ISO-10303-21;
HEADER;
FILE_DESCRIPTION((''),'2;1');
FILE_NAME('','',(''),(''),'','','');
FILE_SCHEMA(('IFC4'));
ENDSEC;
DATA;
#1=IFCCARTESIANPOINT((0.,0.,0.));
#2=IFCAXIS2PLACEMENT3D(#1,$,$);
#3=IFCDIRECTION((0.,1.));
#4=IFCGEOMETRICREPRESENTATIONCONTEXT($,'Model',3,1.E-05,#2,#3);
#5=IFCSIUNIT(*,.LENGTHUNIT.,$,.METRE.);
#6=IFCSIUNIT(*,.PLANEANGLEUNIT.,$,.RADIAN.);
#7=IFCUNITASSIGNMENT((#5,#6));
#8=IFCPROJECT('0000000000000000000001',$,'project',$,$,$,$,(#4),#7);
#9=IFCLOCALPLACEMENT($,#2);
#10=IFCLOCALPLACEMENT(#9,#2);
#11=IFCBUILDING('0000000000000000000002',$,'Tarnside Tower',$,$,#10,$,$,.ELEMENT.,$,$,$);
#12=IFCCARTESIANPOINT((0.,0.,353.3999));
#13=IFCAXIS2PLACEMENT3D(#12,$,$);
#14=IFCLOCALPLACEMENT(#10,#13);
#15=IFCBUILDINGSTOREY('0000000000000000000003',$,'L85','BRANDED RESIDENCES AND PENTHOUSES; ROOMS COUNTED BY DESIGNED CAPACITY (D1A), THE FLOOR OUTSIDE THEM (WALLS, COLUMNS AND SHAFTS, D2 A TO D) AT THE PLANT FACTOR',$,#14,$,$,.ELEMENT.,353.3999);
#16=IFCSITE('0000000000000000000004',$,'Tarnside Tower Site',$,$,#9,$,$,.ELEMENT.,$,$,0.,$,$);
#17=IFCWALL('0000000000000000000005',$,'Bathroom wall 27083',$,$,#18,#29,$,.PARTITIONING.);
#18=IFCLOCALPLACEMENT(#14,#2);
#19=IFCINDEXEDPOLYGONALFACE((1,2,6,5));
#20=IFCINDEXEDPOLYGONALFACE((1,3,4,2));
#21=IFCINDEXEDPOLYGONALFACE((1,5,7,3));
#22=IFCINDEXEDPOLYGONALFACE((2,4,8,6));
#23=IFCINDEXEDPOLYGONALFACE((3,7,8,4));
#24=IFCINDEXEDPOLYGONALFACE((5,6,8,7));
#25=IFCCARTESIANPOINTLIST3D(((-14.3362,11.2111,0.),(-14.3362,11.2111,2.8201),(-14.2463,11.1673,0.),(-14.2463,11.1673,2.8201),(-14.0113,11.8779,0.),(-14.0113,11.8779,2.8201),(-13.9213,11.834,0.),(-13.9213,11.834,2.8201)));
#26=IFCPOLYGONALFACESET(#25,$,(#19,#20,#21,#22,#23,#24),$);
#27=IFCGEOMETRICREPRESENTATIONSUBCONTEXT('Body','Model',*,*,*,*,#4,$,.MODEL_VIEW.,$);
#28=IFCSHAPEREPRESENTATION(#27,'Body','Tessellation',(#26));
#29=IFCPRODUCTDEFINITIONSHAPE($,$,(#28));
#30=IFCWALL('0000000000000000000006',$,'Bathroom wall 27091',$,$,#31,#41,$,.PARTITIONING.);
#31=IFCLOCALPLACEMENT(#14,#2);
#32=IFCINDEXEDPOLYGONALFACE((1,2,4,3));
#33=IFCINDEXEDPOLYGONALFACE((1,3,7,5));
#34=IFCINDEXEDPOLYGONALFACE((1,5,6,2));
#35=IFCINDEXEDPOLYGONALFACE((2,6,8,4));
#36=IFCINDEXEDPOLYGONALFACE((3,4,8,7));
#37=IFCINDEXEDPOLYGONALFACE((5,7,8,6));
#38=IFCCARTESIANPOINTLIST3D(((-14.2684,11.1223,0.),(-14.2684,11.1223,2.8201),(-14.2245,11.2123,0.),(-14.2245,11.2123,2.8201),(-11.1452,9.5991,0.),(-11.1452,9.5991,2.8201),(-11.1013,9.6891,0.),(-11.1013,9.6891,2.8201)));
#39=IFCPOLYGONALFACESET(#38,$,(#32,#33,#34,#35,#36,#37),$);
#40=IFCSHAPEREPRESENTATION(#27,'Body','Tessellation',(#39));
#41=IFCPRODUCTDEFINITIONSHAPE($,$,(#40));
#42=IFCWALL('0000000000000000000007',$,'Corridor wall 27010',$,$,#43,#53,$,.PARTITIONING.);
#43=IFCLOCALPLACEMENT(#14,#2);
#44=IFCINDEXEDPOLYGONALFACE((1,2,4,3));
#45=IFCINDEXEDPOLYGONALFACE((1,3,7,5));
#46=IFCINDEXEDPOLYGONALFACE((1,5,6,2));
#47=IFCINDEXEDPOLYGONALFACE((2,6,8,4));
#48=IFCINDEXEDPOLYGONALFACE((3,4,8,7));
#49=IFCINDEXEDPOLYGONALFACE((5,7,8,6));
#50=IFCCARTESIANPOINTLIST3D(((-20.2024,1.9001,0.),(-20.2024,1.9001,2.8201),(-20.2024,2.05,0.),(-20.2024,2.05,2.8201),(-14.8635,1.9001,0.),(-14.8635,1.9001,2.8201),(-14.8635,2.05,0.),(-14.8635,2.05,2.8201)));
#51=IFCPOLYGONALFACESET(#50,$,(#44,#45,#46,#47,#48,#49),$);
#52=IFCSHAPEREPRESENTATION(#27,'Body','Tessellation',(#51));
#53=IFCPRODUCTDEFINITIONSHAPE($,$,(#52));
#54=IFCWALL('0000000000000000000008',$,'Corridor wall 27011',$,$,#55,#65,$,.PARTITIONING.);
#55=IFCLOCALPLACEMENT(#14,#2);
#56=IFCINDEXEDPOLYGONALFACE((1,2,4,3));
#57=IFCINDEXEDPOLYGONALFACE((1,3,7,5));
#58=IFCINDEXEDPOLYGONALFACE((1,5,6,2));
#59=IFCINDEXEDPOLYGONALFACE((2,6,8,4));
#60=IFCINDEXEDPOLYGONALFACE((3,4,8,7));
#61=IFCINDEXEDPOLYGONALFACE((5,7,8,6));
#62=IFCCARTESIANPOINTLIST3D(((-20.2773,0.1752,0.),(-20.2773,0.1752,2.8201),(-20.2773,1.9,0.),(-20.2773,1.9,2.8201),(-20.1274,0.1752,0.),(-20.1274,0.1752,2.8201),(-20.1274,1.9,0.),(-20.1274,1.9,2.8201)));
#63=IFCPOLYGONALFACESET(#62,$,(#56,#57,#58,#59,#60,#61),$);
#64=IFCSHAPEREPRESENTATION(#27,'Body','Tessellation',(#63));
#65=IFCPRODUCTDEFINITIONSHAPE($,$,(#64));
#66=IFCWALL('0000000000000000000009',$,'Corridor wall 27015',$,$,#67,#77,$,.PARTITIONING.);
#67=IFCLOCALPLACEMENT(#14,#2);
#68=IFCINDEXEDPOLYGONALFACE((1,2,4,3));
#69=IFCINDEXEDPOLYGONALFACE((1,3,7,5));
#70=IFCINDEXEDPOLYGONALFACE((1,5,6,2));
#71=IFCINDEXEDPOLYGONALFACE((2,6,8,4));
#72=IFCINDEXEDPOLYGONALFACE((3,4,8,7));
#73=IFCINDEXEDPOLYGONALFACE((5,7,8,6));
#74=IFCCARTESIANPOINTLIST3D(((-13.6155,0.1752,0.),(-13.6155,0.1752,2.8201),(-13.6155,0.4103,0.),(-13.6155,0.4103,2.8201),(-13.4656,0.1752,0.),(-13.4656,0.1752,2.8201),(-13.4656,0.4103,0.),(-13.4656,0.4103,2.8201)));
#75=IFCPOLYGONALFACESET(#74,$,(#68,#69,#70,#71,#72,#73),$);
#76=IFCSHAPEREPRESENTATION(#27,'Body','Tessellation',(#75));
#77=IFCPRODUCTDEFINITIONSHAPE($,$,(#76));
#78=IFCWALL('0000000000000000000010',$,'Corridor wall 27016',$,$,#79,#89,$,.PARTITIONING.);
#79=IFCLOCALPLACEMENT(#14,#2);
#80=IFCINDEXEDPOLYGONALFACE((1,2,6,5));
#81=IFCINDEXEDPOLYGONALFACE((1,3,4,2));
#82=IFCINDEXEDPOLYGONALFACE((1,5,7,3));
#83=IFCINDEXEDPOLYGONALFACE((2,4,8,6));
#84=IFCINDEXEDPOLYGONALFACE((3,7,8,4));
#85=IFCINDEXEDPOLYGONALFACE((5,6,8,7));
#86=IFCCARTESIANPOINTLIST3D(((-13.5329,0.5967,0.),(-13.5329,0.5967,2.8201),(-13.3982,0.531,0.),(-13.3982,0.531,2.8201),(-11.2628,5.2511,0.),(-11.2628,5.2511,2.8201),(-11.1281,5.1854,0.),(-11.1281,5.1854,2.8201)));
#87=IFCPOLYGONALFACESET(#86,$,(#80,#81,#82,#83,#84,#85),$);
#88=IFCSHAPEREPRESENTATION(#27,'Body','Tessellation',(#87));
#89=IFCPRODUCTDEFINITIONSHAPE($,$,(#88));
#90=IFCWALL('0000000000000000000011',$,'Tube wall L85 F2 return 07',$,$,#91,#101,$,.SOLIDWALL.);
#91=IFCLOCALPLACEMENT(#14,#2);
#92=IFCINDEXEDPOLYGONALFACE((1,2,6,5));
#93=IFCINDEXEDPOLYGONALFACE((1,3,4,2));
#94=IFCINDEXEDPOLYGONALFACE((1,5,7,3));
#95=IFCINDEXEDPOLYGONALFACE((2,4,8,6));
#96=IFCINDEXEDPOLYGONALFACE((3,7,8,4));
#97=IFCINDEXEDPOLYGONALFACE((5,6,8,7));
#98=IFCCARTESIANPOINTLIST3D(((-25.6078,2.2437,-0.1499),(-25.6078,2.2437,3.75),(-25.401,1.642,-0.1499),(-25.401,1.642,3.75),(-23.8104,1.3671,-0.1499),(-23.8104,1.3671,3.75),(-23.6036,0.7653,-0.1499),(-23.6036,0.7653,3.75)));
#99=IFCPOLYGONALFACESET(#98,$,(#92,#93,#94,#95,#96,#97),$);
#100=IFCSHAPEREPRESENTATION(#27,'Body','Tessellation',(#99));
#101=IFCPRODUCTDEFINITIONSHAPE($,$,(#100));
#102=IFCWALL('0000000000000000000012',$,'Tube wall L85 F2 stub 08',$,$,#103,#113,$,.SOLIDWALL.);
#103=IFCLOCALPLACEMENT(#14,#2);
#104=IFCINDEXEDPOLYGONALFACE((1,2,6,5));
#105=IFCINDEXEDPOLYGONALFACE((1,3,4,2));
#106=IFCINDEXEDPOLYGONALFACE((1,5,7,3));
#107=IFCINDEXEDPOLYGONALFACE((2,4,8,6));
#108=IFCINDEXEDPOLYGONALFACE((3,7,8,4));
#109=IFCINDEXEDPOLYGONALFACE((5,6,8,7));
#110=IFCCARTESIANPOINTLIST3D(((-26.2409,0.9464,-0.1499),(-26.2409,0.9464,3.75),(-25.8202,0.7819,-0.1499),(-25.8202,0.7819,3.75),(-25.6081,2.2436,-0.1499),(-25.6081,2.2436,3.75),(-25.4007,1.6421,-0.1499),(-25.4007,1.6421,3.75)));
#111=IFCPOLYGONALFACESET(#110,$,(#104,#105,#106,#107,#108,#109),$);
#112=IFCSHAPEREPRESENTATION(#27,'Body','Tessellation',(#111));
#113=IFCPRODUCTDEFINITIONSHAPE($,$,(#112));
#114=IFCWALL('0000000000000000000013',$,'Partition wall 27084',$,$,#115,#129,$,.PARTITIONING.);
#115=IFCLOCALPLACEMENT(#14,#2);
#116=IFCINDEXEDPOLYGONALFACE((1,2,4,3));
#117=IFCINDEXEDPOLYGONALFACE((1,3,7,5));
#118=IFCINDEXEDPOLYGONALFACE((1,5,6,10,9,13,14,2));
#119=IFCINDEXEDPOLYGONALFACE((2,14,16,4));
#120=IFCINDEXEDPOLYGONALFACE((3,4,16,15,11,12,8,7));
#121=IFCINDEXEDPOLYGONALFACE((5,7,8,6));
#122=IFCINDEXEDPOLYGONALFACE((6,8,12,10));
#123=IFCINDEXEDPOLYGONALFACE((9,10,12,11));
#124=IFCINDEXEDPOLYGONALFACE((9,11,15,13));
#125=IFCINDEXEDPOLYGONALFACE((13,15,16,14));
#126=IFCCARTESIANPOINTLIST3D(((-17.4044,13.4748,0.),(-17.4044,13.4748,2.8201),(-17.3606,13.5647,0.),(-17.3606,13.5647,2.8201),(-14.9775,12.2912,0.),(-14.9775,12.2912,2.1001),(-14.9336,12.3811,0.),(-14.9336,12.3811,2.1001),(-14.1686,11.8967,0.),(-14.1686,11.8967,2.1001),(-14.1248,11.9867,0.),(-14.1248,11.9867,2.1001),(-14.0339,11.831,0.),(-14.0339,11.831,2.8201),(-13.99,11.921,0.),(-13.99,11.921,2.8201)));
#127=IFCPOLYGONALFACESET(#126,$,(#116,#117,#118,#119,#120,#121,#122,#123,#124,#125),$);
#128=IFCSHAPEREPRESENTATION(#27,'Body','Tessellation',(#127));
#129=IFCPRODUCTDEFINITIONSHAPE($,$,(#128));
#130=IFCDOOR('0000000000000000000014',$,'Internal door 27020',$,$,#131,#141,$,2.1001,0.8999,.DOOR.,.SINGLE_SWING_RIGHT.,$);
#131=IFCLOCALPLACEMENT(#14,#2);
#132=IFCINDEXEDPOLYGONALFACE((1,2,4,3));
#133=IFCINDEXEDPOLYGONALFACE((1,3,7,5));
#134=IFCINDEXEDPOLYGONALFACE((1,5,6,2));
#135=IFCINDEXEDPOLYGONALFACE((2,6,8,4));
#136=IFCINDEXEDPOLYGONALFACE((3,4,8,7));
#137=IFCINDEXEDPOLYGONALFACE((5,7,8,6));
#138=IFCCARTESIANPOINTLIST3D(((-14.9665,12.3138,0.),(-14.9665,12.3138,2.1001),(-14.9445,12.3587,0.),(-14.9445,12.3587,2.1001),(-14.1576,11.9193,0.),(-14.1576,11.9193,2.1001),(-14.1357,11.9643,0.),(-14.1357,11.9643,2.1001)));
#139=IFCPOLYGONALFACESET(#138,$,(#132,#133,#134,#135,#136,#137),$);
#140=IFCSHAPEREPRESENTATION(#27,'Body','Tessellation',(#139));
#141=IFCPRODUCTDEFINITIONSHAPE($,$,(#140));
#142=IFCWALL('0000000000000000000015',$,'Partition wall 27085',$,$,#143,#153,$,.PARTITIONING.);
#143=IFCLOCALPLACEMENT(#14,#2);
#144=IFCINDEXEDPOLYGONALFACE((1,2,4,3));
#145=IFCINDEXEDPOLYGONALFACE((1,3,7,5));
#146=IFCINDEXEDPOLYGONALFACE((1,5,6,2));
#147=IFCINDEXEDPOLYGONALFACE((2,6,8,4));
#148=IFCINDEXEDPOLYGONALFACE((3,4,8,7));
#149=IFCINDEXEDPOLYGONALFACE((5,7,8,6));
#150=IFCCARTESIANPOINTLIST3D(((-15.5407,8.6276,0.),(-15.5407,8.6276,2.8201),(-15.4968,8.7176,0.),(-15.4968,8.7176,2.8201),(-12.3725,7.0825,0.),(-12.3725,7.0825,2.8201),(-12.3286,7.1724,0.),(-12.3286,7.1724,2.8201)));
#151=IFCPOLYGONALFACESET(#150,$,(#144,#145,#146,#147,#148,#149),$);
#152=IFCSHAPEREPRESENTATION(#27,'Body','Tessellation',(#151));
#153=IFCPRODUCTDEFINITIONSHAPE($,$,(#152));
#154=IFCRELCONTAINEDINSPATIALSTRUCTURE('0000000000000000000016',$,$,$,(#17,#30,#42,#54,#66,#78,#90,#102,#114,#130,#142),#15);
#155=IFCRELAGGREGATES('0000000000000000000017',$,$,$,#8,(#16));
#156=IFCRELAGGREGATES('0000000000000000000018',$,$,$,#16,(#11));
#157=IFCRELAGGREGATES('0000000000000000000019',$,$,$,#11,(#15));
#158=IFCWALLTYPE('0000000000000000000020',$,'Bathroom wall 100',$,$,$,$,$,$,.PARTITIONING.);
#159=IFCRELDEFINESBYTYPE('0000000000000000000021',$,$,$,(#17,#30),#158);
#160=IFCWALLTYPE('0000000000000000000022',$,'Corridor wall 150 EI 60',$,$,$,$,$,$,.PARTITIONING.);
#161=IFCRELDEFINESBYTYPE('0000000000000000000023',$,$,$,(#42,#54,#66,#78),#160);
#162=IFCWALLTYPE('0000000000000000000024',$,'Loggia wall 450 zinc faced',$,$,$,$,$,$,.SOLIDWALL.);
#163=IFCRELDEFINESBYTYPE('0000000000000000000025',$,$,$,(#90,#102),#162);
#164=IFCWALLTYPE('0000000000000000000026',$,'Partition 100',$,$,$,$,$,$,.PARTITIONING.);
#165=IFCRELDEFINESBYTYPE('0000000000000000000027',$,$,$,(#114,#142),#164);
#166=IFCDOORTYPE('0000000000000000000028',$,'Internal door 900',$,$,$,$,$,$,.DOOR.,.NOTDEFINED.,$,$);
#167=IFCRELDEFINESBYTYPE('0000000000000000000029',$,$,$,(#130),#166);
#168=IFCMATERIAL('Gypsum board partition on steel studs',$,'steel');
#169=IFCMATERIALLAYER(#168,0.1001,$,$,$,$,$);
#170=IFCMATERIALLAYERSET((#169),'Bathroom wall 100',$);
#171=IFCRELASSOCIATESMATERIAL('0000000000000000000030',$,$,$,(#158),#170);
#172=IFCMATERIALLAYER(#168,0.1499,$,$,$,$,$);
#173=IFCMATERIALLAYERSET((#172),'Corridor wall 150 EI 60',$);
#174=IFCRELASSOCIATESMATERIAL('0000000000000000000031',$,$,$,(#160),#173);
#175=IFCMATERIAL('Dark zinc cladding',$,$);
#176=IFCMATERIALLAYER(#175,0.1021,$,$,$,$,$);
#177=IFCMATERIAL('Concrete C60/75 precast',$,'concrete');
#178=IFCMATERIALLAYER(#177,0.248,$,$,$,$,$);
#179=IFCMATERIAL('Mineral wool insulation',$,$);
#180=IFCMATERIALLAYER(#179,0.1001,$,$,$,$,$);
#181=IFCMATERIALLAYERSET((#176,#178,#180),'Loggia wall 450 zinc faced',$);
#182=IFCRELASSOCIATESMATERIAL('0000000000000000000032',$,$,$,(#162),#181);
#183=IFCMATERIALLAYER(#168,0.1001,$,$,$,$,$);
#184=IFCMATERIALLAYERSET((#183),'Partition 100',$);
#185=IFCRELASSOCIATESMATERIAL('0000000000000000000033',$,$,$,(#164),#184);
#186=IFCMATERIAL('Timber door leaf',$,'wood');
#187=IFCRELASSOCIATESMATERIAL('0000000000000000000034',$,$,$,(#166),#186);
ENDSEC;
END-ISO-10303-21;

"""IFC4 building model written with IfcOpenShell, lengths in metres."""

from ifc_helpers import new_model, si_unit, direction, frame, frame_2d, origin, place, context, subcontext, project, spatial, polyline, rectangle, outline, extrude, material, layer, layer_set, type_object, element, fill, save


model = new_model("IFC4")

# Units and contexts
model_context = context("Model", 3, precision=1e-05, world=origin(), true_north=direction((0.0, 1.0)))
body_context = subcontext(model_context, "Body", "Model", "MODEL_VIEW")
ifc_project = project(units=[si_unit("LENGTHUNIT", "METRE"), si_unit("PLANEANGLEUNIT", "RADIAN")], contexts=[model_context])

# Site, building, storey
site_placement = place(None, origin())
site = spatial("IfcSite", under=ifc_project, at=site_placement, Name="Tarnside Tower Site", CompositionType="ELEMENT", RefElevation=0.0)
building_placement = place(site_placement, origin())
building = spatial("IfcBuilding", under=site, at=building_placement, Name="Tarnside Tower", CompositionType="ELEMENT")
storey_placement = place(building_placement, frame((0.0, 0.0, 353.3999)))
storey = spatial("IfcBuildingStorey", under=building, at=storey_placement, Name="L85", Description="BRANDED RESIDENCES AND PENTHOUSES; ROOMS COUNTED BY DESIGNED CAPACITY (D1A), THE FLOOR OUTSIDE THEM (WALLS, COLUMNS AND SHAFTS, D2 A TO D) AT THE PLANT FACTOR", CompositionType="ELEMENT", Elevation=353.3999)

# Walls
ifc_material_1 = material(Name="Gypsum board partition on steel studs", Category="steel")
ifc_layer_1 = layer(ifc_material_1, 0.1001)
ifc_layer_set_1 = layer_set([ifc_layer_1], Name="Bathroom wall 100")
wall_type_1 = type_object("IfcWallType", Name="Bathroom wall 100", PredefinedType="PARTITIONING", material=ifc_layer_set_1)
wall_1_placement = place(storey_placement, frame((-14.2913, 11.1892, 0.0), z_axis=(0.0, 0.0, 1.0), x_axis=(0.438106, 0.898923, 0.0)))
element("IfcWall", 1, at=wall_1_placement, inside=storey, type_object=wall_type_1, Name="Bathroom wall 27083", PredefinedType="PARTITIONING", context=body_context, shape_type="SweptSolid", body=[
    extrude(rectangle(XDim=0.7417, YDim=0.1001, at=frame_2d((0.3708, 0.0))), origin(), (0.0, 0.0, 1.0), 2.8201),
])
wall_2_placement = place(storey_placement, frame((-14.2463, 11.1672, 0.0), z_axis=(0.0, 0.0, 1.0), x_axis=(0.89881, -0.438339, 0.0)))
element("IfcWall", 2, at=wall_2_placement, inside=storey, type_object=wall_type_1, Name="Bathroom wall 27091", PredefinedType="PARTITIONING", context=body_context, shape_type="SweptSolid", body=[
    extrude(rectangle(XDim=3.4749, YDim=0.1001, at=frame_2d((1.7373, 0.0))), origin(), (0.0, 0.0, 1.0), 2.8201),
])
ifc_layer_2 = layer(ifc_material_1, 0.1499)
ifc_layer_set_2 = layer_set([ifc_layer_2], Name="Corridor wall 150 EI 60")
wall_type_2 = type_object("IfcWallType", Name="Corridor wall 150 EI 60", PredefinedType="PARTITIONING", material=ifc_layer_set_2)
wall_3_placement = place(storey_placement, frame((-14.8635, 1.9751, 0.0), z_axis=(0.0, 0.0, 1.0), x_axis=(-1.0, 0.0, 0.0)))
element("IfcWall", 3, at=wall_3_placement, inside=storey, type_object=wall_type_2, Name="Corridor wall 27010", PredefinedType="PARTITIONING", context=body_context, shape_type="SweptSolid", body=[
    extrude(rectangle(XDim=5.3389, YDim=0.1499, at=frame_2d((2.6694, 0.0))), origin(), (0.0, 0.0, 1.0), 2.8201),
])
wall_4_placement = place(storey_placement, frame((-20.2024, 1.8999, 0.0), z_axis=(0.0, 0.0, 1.0), x_axis=(0.0, -1.0, 0.0)))
element("IfcWall", 4, at=wall_4_placement, inside=storey, type_object=wall_type_2, Name="Corridor wall 27011", PredefinedType="PARTITIONING", context=body_context, shape_type="SweptSolid", body=[
    extrude(rectangle(XDim=1.7249, YDim=0.1499, at=frame_2d((0.8623, 0.0))), origin(), (0.0, 0.0, 1.0), 2.8201),
])
wall_5_placement = place(storey_placement, frame((-13.5405, 0.175, 0.0), z_axis=(0.0, 0.0, 1.0), x_axis=(0.0, 1.0, 0.0)))
element("IfcWall", 5, at=wall_5_placement, inside=storey, type_object=wall_type_2, Name="Corridor wall 27015", PredefinedType="PARTITIONING", context=body_context, shape_type="SweptSolid", body=[
    extrude(rectangle(XDim=0.2351, YDim=0.1499, at=frame_2d((0.1177, 0.0))), origin(), (0.0, 0.0, 1.0), 2.8201),
])
wall_6_placement = place(storey_placement, frame((-13.4656, 0.5637, 0.0), z_axis=(0.0, 0.0, 1.0), x_axis=(0.438366, 0.898797, 0.0)))
element("IfcWall", 6, at=wall_6_placement, inside=storey, type_object=wall_type_2, Name="Corridor wall 27016", PredefinedType="PARTITIONING", context=body_context, shape_type="SweptSolid", body=[
    extrude(rectangle(XDim=5.1785, YDim=0.1499, at=frame_2d((2.5894, 0.0))), origin(), (0.0, 0.0, 1.0), 2.8201),
])
ifc_material_2 = material(Name="Dark zinc cladding")
ifc_layer_3 = layer(ifc_material_2, 0.1021)
ifc_material_3 = material(Name="Concrete C60/75 precast", Category="concrete")
ifc_layer_4 = layer(ifc_material_3, 0.248)
ifc_material_4 = material(Name="Mineral wool insulation")
ifc_layer_5 = layer(ifc_material_4, 0.1001)
ifc_layer_set_3 = layer_set([ifc_layer_3, ifc_layer_4, ifc_layer_5], Name="Loggia wall 450 zinc faced")
wall_type_3 = type_object("IfcWallType", Name="Loggia wall 450 zinc faced", PredefinedType="SOLIDWALL", material=ifc_layer_set_3)
wall_7_placement = place(storey_placement, frame((-23.707, 1.0662, -0.1499), z_axis=(0.0, 0.0, 1.0), x_axis=(-0.898779, 0.438402, 0.0)))
element("IfcWall", 7, at=wall_7_placement, inside=storey, type_object=wall_type_3, Name="Tube wall L85 F2 return 07", PredefinedType="SOLIDWALL", context=body_context, shape_type="SweptSolid", body=[
    extrude(outline(polyline([(0.2249, -0.2251), (2.2246, -0.2251), (1.7749, 0.2251), (-0.2249, 0.2251), (0.2249, -0.2251)])), origin(), (0.0, 0.0, 1.0), 3.8999),
])
wall_8_placement = place(storey_placement, frame((-25.5044, 1.9429, -0.1499), z_axis=(0.0, 0.0, 1.0), x_axis=(-0.438404, -0.898778, 0.0)))
element("IfcWall", 8, at=wall_8_placement, inside=storey, type_object=wall_type_3, Name="Tube wall L85 F2 stub 08", PredefinedType="SOLIDWALL", context=body_context, shape_type="SweptSolid", body=[
    extrude(outline(polyline([(-0.2249, -0.2251), (1.2185, -0.2251), (1.1819, 0.2251), (0.2249, 0.2251), (-0.2249, -0.2251)])), origin(), (0.0, 0.0, 1.0), 3.8999),
])

# Wall, opening, door
ifc_layer_6 = layer(ifc_material_1, 0.1001)
ifc_layer_set_4 = layer_set([ifc_layer_6], Name="Partition 100")
wall_type_4 = type_object("IfcWallType", Name="Partition 100", PredefinedType="PARTITIONING", material=ifc_layer_set_4)
wall_9_placement = place(storey_placement, frame((-14.012, 11.876, 0.0), z_axis=(0.0, 0.0, 1.0), x_axis=(-0.89881, 0.438338, 0.0)))
wall_9 = element("IfcWall", 9, at=wall_9_placement, inside=storey, type_object=wall_type_4, Name="Partition wall 27084", PredefinedType="PARTITIONING", context=body_context, shape_type="SweptSolid", body=[
    extrude(rectangle(XDim=3.75, YDim=0.1001, at=frame_2d((1.875, 0.0))), origin(), (0.0, 0.0, 1.0), 2.8201),
])
opening_1_placement = place(wall_9_placement, frame((0.1499, 0.0, 0.0)))
opening_1 = element("IfcOpeningElement", 10, at=opening_1_placement, cuts=wall_9, PredefinedType="OPENING", context=body_context, shape_type="SweptSolid", body=[
    extrude(rectangle(XDim=0.8999, YDim=2.1001, at=frame_2d((0.45, 1.05))), frame((0.0, 0.0601, 0.0), z_axis=(0.0, -1.0, 0.0), x_axis=(1.0, 0.0, 0.0)), (0.0, 0.0, 1.0), 0.1201),
])
ifc_material_5 = material(Name="Timber door leaf", Category="wood")
door_type = type_object("IfcDoorType", Name="Internal door 900", OperationType="NOTDEFINED", PredefinedType="DOOR", material=ifc_material_5)
door_1_placement = place(opening_1_placement, origin())
door_1 = element("IfcDoor", 11, at=door_1_placement, inside=storey, type_object=door_type, Name="Internal door 27020", OperationType="SINGLE_SWING_RIGHT", OverallHeight=2.1001, OverallWidth=0.8999, PredefinedType="DOOR", context=body_context, shape_type="SweptSolid", body=[
    extrude(rectangle(XDim=0.8999, YDim=2.1001, at=frame_2d((0.45, 1.05))), frame((0.0, 0.0249, 0.0), z_axis=(0.0, -1.0, 0.0), x_axis=(1.0, 0.0, 0.0)), (0.0, 0.0, 1.0), 0.05),
])
fill(opening_1, door_1)

# Wall
wall_10_placement = place(storey_placement, frame((-12.3506, 7.1274, 0.0), z_axis=(0.0, 0.0, 1.0), x_axis=(-0.898802, 0.438354, 0.0)))
element("IfcWall", 12, at=wall_10_placement, inside=storey, type_object=wall_type_4, Name="Partition wall 27085", PredefinedType="PARTITIONING", context=body_context, shape_type="SweptSolid", body=[
    extrude(rectangle(XDim=3.5249, YDim=0.1001, at=frame_2d((1.7625, 0.0))), origin(), (0.0, 0.0, 1.0), 2.8201),
])

save(model, "model.ifc")
